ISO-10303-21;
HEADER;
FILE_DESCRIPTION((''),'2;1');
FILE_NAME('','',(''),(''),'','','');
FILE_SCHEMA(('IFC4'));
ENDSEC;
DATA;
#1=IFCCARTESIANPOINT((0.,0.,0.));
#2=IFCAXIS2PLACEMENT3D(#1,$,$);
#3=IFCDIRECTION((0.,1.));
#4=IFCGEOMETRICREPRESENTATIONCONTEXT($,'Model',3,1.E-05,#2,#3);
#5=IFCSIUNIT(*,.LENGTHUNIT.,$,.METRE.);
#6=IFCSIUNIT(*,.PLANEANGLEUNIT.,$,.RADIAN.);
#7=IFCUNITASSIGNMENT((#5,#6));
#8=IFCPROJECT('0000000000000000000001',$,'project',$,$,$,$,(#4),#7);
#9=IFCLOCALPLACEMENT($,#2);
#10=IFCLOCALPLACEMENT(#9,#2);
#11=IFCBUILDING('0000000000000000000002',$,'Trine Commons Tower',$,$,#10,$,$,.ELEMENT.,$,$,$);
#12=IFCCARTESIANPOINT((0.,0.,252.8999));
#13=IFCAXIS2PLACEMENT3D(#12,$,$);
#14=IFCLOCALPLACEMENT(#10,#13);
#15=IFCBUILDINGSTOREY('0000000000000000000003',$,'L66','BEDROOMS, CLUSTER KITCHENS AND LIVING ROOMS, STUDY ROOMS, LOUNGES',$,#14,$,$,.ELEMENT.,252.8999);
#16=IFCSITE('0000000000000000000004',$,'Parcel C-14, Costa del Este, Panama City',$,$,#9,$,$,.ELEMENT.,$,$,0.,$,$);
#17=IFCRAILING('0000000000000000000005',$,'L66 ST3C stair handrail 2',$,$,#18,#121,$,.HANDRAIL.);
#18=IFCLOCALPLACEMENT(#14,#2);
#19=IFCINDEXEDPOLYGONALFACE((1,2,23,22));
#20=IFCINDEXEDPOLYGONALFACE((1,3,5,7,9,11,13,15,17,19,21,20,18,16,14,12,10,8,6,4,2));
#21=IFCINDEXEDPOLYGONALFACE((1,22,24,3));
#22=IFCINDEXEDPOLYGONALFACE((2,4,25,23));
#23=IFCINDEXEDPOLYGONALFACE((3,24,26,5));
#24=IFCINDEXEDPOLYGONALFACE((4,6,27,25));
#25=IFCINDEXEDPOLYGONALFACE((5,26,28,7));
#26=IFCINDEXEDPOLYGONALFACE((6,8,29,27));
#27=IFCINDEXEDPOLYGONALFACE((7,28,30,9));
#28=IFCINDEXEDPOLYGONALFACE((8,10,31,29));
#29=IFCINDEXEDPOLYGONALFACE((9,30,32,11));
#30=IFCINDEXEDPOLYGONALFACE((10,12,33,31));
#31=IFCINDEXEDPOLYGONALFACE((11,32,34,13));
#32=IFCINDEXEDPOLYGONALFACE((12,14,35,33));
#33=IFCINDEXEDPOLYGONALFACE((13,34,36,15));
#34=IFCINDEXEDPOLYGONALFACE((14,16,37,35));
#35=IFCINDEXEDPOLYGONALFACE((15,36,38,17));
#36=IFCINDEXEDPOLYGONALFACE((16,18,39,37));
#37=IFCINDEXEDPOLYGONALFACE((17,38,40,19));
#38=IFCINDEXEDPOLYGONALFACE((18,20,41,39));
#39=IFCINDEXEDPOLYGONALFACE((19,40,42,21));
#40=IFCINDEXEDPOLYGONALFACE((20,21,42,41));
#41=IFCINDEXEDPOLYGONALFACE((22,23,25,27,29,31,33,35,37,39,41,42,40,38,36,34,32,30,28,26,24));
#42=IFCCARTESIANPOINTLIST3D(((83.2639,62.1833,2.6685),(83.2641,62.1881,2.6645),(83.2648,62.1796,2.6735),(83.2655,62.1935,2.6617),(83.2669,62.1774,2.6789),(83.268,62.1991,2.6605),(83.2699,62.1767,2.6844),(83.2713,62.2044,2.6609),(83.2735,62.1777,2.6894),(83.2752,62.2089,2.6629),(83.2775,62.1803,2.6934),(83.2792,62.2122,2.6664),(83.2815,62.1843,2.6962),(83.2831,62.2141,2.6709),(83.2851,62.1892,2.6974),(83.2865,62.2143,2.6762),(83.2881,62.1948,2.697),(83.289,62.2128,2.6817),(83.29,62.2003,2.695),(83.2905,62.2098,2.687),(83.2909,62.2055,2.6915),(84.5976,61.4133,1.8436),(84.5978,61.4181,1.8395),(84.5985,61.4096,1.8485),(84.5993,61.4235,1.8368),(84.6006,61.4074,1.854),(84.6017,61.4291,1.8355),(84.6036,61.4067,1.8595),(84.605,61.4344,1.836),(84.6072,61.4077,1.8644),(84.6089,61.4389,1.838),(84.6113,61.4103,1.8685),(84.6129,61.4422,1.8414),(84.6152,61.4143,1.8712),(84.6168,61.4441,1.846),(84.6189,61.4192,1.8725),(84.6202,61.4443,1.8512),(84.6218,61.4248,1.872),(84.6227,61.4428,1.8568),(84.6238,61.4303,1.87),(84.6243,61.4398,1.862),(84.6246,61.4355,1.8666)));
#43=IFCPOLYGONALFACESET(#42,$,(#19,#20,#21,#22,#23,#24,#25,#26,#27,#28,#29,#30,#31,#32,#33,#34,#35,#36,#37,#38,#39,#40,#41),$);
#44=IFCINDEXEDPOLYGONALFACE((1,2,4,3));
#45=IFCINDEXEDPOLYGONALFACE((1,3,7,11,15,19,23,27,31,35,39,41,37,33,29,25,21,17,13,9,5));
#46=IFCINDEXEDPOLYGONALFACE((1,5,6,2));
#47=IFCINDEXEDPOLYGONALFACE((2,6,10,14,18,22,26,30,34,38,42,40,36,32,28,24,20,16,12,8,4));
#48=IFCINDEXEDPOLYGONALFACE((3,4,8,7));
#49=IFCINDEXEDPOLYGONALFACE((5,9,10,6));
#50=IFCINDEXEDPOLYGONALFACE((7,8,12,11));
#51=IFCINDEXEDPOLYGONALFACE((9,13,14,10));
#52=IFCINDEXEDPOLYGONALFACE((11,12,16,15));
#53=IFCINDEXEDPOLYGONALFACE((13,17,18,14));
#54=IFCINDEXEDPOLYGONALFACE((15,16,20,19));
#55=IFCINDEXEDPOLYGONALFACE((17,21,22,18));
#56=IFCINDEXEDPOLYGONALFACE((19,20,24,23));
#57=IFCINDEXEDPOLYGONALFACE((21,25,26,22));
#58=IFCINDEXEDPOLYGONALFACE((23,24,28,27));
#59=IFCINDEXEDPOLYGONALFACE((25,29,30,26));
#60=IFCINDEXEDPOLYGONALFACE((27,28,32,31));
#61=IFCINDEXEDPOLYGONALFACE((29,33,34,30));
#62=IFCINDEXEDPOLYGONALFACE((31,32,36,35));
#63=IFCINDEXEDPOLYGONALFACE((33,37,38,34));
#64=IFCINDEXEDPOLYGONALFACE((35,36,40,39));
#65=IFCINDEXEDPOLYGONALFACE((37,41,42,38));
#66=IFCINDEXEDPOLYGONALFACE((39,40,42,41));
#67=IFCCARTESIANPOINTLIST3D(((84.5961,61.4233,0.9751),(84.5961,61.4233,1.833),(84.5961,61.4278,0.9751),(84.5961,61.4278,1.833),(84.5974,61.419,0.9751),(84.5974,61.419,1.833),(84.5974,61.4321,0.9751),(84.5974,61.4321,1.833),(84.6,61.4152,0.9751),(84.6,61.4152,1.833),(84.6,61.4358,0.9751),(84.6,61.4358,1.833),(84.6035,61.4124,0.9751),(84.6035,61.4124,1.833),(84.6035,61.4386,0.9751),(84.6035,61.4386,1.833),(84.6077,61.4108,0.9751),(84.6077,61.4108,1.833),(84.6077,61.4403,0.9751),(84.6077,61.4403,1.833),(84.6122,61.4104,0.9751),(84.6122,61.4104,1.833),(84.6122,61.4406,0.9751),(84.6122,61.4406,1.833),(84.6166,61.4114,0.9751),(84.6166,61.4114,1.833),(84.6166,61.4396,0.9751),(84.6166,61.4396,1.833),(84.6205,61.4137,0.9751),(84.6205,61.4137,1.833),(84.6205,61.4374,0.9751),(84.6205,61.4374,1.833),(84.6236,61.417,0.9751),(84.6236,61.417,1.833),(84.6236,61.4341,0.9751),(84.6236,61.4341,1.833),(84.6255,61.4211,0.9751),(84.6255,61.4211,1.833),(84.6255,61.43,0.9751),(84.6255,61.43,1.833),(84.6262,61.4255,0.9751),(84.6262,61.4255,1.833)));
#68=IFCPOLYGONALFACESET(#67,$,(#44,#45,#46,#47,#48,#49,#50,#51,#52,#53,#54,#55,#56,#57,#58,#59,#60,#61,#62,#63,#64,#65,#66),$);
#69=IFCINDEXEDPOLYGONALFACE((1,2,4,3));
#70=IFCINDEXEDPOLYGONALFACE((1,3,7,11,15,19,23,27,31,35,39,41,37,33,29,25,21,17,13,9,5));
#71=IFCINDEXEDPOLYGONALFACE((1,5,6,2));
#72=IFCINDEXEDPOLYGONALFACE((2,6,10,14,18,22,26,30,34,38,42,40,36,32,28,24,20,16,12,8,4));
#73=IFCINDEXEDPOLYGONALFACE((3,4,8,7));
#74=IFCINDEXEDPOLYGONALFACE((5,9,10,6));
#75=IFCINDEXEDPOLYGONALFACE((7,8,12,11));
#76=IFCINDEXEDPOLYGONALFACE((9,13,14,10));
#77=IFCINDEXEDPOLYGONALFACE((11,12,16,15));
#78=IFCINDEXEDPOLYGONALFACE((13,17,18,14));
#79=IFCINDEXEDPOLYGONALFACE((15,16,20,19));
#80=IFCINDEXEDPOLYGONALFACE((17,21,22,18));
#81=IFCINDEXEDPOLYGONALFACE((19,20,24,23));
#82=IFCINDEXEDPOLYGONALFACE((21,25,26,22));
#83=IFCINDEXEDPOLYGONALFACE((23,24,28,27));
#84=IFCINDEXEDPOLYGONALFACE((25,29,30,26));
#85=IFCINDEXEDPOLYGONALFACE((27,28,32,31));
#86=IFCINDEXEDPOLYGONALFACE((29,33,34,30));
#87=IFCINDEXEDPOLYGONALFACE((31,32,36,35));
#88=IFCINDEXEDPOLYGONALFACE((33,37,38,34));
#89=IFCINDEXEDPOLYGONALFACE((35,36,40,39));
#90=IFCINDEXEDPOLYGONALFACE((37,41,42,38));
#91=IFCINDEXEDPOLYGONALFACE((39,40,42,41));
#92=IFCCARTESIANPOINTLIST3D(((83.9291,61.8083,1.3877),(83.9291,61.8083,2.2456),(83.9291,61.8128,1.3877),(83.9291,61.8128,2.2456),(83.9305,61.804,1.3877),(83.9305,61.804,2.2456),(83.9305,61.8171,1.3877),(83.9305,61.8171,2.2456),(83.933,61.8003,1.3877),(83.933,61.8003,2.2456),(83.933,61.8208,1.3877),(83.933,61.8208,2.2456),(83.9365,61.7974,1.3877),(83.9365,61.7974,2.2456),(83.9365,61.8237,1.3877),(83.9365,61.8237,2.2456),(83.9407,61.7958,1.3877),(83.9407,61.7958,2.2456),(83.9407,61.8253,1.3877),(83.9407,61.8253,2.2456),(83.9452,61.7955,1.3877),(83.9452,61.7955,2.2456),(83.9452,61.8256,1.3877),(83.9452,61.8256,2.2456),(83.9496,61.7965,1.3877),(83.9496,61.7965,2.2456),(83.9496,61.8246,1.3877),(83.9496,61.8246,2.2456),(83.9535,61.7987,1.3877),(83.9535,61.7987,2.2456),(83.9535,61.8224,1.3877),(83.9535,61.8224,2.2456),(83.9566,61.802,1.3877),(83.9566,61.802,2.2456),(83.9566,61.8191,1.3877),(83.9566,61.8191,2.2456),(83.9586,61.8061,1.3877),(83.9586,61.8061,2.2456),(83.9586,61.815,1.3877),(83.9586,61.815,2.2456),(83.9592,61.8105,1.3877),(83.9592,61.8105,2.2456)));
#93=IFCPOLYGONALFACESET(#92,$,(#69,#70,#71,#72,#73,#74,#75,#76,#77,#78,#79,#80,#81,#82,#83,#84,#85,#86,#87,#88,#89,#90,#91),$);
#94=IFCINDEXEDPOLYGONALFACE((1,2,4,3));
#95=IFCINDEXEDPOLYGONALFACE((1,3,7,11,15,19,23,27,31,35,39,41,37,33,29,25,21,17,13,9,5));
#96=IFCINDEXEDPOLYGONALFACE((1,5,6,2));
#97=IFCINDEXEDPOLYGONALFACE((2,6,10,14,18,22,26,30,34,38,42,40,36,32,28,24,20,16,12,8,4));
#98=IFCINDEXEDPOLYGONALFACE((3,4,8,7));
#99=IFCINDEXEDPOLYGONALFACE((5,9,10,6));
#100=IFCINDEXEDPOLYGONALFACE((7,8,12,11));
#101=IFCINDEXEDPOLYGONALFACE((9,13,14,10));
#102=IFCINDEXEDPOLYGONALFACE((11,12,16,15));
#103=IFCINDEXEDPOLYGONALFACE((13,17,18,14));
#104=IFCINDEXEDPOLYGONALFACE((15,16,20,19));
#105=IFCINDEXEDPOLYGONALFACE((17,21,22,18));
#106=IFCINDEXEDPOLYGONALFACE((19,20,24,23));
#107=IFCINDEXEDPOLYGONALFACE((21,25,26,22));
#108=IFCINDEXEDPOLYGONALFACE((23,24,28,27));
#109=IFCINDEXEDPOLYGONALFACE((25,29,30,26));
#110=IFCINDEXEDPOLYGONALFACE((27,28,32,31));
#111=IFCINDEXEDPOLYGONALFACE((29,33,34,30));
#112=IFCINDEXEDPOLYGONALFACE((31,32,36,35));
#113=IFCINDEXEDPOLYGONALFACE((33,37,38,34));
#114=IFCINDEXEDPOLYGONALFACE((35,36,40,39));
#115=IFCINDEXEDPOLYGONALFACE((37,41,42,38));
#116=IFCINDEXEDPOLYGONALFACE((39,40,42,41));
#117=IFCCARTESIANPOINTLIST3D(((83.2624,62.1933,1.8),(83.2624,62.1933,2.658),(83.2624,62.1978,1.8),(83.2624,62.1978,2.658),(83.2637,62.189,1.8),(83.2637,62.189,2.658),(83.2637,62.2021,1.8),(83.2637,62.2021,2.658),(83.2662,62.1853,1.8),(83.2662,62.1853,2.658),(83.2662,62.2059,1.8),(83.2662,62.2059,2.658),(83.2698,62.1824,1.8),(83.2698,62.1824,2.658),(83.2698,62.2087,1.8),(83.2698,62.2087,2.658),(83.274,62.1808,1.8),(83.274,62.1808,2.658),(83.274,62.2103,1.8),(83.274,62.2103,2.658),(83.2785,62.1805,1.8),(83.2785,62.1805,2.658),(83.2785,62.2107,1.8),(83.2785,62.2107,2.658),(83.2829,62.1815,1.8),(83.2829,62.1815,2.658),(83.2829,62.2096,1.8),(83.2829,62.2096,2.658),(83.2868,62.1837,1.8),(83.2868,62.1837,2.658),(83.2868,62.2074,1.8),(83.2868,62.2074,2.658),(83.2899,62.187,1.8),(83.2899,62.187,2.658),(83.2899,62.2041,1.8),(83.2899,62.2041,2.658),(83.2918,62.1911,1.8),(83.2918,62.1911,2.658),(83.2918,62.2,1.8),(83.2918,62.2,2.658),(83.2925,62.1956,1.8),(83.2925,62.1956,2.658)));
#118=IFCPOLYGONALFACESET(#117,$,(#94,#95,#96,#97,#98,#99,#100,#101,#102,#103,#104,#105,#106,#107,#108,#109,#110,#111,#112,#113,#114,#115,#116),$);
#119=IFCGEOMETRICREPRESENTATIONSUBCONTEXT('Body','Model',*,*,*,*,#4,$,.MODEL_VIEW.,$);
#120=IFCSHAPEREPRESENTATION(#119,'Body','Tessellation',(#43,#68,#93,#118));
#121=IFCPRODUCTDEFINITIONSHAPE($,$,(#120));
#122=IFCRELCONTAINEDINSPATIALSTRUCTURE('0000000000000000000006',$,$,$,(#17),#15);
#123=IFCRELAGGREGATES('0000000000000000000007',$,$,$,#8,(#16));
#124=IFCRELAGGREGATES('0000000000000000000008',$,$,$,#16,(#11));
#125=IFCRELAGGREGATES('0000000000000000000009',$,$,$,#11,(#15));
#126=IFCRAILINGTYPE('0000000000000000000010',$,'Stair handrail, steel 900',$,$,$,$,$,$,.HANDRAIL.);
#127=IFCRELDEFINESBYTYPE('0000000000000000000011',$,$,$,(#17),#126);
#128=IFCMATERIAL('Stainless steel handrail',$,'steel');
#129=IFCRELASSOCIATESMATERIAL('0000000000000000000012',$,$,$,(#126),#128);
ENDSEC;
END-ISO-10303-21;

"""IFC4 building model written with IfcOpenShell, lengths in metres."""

from ifc_helpers import new_model, si_unit, direction, frame, origin, origin_2d, place, context, subcontext, project, spatial, circle, extrude, material, type_object, element, save


model = new_model("IFC4")

# Units and contexts
model_context = context("Model", 3, precision=1e-05, world=origin(), true_north=direction((0.0, 1.0)))
body_context = subcontext(model_context, "Body", "Model", "MODEL_VIEW")
ifc_project = project(units=[si_unit("LENGTHUNIT", "METRE"), si_unit("PLANEANGLEUNIT", "RADIAN")], contexts=[model_context])

# Site, building, storey
site_placement = place(None, origin())
site = spatial("IfcSite", under=ifc_project, at=site_placement, Name="Parcel C-14, Costa del Este, Panama City", CompositionType="ELEMENT", RefElevation=0.0)
building_placement = place(site_placement, origin())
building = spatial("IfcBuilding", under=site, at=building_placement, Name="Trine Commons Tower", CompositionType="ELEMENT")
storey_placement = place(building_placement, frame((0.0, 0.0, 252.8999)))
storey = spatial("IfcBuildingStorey", under=building, at=storey_placement, Name="L66", Description="BEDROOMS, CLUSTER KITCHENS AND LIVING ROOMS, STUDY ROOMS, LOUNGES", CompositionType="ELEMENT", Elevation=252.8999)

# Railing
ifc_material_1 = material(Name="Stainless steel handrail", Category="steel")
railing_type_1 = type_object("IfcRailingType", Name="Stair handrail, steel 900", PredefinedType="HANDRAIL", material=ifc_material_1)
railing_1_placement = place(storey_placement, frame((84.6111, 61.4255, 0.9751)))
element("IfcRailing", 1, at=railing_1_placement, inside=storey, type_object=railing_type_1, Name="L66 ST3C stair handrail 2", PredefinedType="HANDRAIL", context=body_context, shape_type="SweptSolid", body=[
    extrude(circle(Radius=0.021, at=origin_2d()), frame((0.0, 0.0, 0.8789), z_axis=(-0.763405, 0.440743, 0.472185), x_axis=(-0.499992, -0.86603, 0.0)), (0.0, 0.0, 1.0), 1.7471),
    extrude(circle(Radius=0.0151, at=origin_2d()), origin(), (0.0, 0.0, 1.0), 0.8579),
    extrude(circle(Radius=0.0151, at=origin_2d()), frame((-0.667, 0.385, 0.4126)), (0.0, 0.0, 1.0), 0.8579),
    extrude(circle(Radius=0.0151, at=origin_2d()), frame((-1.3337, 0.77, 0.825)), (0.0, 0.0, 1.0), 0.8579),
])

save(model, "model.ifc")
